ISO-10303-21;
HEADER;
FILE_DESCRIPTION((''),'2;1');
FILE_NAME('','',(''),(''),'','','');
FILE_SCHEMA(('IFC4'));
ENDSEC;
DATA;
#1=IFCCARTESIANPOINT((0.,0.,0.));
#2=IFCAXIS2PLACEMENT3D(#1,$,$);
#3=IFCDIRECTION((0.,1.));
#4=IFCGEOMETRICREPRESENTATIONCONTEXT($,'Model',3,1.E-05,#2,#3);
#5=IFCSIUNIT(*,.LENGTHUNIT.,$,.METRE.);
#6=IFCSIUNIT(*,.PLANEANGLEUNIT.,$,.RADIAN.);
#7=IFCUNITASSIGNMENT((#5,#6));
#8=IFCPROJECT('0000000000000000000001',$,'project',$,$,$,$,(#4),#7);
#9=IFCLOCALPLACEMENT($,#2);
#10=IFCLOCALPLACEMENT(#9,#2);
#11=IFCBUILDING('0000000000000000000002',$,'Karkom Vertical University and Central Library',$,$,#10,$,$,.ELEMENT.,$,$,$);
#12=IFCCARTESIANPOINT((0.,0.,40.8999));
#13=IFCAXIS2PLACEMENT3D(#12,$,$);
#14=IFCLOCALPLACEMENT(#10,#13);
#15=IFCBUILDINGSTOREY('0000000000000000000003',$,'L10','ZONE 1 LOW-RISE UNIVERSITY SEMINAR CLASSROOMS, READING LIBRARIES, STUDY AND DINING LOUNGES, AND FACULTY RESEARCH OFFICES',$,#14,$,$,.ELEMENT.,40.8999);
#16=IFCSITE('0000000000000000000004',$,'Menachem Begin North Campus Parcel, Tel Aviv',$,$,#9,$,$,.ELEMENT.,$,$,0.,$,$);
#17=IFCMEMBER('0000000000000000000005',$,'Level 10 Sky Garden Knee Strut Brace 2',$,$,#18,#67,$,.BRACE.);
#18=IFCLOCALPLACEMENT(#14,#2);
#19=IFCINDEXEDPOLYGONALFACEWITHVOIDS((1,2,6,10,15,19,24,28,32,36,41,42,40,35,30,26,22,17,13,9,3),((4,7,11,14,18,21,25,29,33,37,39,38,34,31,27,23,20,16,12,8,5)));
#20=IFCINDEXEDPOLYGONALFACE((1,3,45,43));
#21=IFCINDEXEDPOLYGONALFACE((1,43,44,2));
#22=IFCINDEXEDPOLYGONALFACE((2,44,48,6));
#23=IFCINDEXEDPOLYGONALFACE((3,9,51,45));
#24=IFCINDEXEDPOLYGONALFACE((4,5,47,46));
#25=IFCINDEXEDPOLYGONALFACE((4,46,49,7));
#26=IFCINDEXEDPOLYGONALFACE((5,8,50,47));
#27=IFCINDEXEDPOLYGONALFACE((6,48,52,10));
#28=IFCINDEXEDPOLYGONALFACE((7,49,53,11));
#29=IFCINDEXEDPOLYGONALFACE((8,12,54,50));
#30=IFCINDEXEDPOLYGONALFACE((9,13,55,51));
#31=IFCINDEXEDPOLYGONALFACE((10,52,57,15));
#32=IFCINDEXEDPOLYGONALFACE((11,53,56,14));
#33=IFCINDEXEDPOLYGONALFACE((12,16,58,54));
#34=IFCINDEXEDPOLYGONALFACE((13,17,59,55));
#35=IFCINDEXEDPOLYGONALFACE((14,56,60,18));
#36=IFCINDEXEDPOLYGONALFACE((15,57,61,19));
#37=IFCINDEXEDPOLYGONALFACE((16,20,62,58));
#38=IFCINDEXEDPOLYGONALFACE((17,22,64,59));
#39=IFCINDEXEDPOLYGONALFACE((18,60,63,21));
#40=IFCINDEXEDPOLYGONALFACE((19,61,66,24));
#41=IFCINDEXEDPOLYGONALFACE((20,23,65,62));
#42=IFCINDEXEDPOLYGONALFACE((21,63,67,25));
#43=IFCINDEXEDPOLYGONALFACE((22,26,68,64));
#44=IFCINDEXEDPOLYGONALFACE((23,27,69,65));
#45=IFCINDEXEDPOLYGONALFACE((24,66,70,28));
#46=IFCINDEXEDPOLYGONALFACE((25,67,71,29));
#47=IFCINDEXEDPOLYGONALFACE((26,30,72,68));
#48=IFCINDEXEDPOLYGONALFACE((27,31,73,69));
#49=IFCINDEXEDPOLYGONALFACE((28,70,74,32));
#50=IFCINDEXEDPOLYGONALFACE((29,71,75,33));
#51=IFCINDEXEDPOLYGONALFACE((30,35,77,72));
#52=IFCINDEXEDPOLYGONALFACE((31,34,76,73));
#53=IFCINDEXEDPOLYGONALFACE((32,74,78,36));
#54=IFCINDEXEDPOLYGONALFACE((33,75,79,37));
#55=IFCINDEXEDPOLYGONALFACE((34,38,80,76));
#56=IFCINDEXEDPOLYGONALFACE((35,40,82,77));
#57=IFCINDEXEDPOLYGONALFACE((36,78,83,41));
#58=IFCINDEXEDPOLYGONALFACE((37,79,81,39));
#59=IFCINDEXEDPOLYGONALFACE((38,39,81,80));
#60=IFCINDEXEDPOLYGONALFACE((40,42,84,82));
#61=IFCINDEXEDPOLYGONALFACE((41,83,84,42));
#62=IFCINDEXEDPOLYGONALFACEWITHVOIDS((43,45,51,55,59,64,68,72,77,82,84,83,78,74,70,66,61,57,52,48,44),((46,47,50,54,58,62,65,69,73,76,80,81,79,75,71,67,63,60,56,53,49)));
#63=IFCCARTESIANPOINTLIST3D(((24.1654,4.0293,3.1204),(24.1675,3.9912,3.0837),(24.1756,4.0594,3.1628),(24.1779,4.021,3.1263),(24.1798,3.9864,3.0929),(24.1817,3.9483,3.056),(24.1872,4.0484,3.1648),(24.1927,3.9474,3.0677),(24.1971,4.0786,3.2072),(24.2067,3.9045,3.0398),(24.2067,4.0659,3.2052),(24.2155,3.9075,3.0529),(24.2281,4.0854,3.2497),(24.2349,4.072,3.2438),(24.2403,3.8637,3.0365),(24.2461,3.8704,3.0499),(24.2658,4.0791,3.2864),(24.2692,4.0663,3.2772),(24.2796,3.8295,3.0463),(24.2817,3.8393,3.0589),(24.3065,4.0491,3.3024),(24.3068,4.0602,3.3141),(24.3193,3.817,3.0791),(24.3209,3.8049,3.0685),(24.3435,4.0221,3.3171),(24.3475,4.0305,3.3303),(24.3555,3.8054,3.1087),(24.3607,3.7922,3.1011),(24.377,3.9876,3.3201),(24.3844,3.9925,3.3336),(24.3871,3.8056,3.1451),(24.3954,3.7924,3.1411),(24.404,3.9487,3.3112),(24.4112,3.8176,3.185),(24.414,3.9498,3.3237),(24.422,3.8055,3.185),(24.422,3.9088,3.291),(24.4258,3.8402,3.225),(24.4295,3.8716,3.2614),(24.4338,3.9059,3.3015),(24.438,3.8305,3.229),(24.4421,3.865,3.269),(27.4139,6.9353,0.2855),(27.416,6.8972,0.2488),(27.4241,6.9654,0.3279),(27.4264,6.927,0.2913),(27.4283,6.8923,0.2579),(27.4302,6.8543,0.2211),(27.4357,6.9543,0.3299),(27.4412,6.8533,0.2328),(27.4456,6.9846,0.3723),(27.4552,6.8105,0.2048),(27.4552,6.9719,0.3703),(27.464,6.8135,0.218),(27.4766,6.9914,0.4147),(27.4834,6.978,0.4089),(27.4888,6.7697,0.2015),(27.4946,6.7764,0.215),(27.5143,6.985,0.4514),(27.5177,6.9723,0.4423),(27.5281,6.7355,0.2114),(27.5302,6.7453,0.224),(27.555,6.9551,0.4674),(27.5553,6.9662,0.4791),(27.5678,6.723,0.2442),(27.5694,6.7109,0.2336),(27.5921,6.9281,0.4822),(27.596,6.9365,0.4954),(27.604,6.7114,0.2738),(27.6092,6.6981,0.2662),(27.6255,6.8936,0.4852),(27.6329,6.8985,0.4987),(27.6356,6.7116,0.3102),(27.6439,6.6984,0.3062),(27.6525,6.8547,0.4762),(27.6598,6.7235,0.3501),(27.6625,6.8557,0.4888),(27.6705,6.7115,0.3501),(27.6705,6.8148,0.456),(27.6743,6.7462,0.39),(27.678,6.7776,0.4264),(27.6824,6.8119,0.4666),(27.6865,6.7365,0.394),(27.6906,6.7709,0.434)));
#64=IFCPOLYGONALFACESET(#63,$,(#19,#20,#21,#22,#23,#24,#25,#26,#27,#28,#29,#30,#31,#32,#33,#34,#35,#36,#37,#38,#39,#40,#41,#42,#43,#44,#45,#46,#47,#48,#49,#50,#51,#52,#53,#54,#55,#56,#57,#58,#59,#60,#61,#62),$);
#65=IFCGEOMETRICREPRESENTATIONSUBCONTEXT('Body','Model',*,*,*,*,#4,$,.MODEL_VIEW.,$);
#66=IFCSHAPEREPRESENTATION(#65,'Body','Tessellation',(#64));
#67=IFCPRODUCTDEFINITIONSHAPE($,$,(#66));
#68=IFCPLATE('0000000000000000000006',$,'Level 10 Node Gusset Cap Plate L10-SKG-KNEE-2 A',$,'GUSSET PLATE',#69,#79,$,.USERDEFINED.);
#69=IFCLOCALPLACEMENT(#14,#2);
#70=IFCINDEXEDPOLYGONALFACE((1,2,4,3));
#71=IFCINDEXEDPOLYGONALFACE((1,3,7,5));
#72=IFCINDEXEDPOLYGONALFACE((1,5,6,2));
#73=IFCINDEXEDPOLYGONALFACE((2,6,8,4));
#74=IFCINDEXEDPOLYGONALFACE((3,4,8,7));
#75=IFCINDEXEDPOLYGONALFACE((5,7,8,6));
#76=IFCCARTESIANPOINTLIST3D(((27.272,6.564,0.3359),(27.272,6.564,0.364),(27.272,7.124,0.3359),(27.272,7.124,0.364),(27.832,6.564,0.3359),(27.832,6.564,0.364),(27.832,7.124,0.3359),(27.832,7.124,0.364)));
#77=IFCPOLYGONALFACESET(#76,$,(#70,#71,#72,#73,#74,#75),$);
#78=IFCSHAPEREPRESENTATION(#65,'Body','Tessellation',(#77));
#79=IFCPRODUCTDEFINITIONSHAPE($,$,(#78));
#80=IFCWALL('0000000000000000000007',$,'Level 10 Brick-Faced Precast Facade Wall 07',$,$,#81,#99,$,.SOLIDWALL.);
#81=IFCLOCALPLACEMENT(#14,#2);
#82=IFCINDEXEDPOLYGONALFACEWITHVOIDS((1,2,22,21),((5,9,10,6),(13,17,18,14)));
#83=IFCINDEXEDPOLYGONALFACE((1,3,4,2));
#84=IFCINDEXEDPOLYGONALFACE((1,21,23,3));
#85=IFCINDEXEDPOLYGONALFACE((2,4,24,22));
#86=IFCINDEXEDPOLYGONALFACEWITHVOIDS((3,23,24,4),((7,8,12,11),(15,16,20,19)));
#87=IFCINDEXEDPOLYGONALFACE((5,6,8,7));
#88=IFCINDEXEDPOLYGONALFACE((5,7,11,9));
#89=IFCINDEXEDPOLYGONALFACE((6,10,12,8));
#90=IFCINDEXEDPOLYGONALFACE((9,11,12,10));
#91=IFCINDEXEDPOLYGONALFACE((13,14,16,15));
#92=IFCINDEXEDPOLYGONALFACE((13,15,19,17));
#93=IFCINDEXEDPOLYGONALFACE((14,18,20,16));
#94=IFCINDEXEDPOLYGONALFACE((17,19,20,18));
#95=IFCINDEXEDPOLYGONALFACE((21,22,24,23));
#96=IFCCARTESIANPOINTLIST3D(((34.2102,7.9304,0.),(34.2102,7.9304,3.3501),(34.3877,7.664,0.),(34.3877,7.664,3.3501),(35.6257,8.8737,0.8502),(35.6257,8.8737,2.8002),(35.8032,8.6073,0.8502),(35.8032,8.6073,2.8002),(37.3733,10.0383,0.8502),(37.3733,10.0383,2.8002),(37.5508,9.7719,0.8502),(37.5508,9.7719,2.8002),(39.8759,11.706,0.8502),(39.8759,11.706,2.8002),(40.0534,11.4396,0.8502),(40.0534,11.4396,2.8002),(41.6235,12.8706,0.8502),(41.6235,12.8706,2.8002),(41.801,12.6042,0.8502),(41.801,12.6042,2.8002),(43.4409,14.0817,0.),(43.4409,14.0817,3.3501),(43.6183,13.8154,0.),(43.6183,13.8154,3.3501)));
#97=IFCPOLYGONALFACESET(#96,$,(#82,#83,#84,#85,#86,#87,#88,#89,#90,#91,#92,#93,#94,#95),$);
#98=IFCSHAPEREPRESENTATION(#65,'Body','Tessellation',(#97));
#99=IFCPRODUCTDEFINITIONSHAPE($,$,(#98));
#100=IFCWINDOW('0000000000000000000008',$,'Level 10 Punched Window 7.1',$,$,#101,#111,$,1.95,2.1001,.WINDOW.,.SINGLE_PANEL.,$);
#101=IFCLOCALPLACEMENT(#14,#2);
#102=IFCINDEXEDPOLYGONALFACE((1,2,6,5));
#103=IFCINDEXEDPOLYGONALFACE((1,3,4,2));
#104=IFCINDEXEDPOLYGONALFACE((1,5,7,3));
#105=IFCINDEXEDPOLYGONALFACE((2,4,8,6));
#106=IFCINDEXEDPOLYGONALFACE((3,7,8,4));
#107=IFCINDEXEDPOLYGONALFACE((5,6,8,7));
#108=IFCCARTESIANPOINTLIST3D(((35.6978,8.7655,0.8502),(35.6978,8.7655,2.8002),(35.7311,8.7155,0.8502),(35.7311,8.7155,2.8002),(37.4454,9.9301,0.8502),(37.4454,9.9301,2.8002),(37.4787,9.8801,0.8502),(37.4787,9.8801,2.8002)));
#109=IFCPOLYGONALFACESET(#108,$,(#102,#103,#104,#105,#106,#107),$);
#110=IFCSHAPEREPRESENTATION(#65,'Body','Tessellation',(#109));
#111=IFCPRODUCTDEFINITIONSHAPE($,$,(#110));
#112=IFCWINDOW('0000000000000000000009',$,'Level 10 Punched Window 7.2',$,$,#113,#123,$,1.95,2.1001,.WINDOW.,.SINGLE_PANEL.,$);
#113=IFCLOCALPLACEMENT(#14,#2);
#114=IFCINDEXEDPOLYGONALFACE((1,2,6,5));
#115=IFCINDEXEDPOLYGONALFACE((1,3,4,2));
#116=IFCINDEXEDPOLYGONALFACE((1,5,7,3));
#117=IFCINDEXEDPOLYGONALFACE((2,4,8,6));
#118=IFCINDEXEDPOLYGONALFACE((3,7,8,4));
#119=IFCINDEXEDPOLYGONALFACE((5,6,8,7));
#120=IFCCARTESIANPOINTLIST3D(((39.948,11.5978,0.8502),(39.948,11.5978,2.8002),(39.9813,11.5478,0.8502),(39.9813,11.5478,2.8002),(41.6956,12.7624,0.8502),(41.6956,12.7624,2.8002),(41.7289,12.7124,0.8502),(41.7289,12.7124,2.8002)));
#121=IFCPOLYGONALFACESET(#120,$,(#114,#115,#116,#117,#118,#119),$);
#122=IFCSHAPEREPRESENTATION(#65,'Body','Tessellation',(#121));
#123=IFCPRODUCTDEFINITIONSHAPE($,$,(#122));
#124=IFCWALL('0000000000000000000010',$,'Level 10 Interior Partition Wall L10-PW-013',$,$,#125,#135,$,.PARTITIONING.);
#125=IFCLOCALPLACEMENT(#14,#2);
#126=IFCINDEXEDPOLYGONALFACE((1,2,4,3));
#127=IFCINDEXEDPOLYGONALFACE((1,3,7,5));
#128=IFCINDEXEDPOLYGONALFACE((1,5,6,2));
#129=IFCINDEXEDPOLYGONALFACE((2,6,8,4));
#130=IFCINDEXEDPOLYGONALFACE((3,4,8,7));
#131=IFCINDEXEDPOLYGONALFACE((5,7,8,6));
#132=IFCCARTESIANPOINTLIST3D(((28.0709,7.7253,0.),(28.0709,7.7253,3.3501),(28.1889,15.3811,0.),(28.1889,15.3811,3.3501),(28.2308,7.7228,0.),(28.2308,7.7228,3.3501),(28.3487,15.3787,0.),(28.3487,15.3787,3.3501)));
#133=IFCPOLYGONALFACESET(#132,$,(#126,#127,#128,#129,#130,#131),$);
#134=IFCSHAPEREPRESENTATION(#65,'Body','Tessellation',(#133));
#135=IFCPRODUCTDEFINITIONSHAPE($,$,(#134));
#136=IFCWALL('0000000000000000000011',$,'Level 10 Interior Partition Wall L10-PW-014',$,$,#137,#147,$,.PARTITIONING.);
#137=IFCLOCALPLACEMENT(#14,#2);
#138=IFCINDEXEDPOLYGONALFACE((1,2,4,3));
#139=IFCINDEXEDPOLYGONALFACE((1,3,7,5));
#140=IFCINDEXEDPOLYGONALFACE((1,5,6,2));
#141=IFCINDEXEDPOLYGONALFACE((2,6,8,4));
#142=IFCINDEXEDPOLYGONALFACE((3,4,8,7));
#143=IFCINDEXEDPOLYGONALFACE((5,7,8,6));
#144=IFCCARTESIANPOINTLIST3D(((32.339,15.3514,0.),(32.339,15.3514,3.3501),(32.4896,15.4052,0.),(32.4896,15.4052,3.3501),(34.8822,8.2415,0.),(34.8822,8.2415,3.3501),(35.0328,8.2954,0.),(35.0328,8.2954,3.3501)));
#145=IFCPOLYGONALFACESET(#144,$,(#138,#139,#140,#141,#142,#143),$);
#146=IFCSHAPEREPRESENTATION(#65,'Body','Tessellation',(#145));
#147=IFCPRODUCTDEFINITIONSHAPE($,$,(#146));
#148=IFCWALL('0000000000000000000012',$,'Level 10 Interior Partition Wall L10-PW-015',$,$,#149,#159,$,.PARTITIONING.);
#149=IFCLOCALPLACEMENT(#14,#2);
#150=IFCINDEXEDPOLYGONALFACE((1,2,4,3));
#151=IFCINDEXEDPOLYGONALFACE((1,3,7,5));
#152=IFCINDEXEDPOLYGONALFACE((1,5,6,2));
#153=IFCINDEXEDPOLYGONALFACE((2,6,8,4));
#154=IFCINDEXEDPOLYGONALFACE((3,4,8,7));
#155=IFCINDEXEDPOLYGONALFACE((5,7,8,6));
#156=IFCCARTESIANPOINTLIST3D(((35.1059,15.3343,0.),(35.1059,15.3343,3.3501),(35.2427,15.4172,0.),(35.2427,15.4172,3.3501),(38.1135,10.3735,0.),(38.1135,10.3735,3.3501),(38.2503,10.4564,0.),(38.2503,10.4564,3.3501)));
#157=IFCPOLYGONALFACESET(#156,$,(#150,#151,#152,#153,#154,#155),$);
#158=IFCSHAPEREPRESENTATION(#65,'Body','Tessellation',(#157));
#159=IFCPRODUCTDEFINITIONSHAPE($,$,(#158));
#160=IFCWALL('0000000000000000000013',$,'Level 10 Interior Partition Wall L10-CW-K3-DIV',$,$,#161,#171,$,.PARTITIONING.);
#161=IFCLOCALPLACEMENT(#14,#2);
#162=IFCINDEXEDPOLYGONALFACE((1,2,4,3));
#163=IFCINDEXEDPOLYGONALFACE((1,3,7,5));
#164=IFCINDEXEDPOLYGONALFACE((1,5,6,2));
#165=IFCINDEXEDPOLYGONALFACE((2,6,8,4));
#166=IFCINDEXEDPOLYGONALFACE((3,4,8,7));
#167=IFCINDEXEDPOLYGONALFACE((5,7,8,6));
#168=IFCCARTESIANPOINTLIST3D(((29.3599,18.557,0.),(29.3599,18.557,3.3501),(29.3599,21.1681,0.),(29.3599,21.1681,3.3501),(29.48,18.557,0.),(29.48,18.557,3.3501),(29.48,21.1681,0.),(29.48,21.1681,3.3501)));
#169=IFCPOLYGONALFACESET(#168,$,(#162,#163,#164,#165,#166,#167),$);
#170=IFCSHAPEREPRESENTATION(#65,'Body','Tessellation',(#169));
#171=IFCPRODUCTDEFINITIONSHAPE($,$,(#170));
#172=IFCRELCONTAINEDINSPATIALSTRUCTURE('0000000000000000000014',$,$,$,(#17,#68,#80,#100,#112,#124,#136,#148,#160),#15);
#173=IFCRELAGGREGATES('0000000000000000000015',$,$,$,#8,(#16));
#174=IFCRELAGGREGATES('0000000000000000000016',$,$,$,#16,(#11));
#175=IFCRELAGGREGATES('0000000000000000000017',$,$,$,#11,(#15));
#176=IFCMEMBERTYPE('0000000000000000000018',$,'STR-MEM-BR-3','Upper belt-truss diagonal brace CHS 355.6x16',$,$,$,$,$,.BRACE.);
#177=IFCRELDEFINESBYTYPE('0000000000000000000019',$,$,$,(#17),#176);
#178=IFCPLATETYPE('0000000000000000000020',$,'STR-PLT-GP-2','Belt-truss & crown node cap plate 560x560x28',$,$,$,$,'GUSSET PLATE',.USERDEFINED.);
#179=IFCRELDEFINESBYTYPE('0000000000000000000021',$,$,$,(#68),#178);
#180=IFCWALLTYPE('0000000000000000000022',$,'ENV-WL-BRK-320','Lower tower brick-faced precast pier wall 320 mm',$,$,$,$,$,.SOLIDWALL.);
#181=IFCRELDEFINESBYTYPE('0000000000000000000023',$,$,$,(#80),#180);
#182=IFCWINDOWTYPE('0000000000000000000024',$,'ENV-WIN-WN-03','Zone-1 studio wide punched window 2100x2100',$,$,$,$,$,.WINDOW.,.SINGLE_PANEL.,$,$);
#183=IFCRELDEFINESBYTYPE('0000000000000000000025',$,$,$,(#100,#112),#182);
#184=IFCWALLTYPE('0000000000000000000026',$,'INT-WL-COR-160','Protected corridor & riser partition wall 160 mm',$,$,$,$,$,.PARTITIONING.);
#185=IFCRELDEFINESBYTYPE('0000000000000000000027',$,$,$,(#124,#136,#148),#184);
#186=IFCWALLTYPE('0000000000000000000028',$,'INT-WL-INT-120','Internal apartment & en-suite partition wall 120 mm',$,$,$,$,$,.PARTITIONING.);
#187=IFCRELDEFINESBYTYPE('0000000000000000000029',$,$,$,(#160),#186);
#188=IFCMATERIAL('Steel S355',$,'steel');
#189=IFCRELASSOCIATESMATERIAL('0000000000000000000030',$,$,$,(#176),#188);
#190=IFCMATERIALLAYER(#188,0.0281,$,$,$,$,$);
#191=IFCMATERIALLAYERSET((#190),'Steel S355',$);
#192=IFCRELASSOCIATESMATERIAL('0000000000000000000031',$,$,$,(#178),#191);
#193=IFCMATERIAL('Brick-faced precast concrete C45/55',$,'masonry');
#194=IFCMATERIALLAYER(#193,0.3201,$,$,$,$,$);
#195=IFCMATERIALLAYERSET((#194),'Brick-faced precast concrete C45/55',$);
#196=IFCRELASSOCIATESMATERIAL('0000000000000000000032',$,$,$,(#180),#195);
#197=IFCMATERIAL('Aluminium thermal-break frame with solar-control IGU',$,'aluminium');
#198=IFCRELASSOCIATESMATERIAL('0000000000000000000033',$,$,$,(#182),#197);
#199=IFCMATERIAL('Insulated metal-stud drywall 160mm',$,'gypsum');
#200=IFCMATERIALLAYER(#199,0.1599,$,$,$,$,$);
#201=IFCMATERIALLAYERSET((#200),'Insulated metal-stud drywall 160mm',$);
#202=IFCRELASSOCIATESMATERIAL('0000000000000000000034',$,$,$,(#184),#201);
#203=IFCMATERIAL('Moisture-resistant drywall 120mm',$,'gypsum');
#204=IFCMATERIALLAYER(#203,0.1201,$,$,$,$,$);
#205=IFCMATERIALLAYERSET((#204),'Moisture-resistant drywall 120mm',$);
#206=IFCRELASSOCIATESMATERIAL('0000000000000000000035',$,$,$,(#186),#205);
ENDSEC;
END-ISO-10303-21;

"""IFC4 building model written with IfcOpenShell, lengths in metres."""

from ifc_helpers import new_model, si_unit, direction, frame, frame_2d, origin, origin_with_axes, origin_2d, place, context, subcontext, project, spatial, rectangle, hollow_circle, extrude, source, transform, mapped, material, layer, layer_set, material_profile, profile_set, type_object, element, fill, save


model = new_model("IFC4")

# Units and contexts
model_context = context("Model", 3, precision=1e-05, world=origin(), true_north=direction((0.0, 1.0)))
body_context = subcontext(model_context, "Body", "Model", "MODEL_VIEW")
ifc_project = project(units=[si_unit("LENGTHUNIT", "METRE"), si_unit("PLANEANGLEUNIT", "RADIAN")], contexts=[model_context])

# Site, building, storey
site_placement = place(None, origin())
site = spatial("IfcSite", under=ifc_project, at=site_placement, Name="Menachem Begin North Campus Parcel, Tel Aviv", CompositionType="ELEMENT", RefElevation=0.0)
building_placement = place(site_placement, origin())
building = spatial("IfcBuilding", under=site, at=building_placement, Name="Karkom Vertical University and Central Library", CompositionType="ELEMENT")
storey_placement = place(building_placement, frame((0.0, 0.0, 40.8999)))
storey = spatial("IfcBuildingStorey", under=building, at=storey_placement, Name="L10", Description="ZONE 1 LOW-RISE UNIVERSITY SEMINAR CLASSROOMS, READING LIBRARIES, STUDY AND DINING LOUNGES, AND FACULTY RESEARCH OFFICES", CompositionType="ELEMENT", Elevation=40.8999)

# Shared definitions
ifc_material_1 = material(Name="Steel S355", Category="steel")

# Member
ifc_material_profile_1 = material_profile(ifc_material_1, hollow_circle(Radius=0.1777, WallThickness=0.0161, at=origin_2d()), Name="CHS 355.6x16")
ifc_profile_set_1 = profile_set([ifc_material_profile_1], Name="Steel S355")
member_type = type_object("IfcMemberType", Name="STR-MEM-BR-3", Description="Upper belt-truss diagonal brace CHS 355.6x16", PredefinedType="BRACE", material=ifc_profile_set_1)
shared_shape_1 = source(origin_with_axes(), body_context, "Body", "SweptSolid", [
    extrude(hollow_circle(Radius=0.1777, WallThickness=0.0161, at=origin_2d()), origin(), (0.0, 0.0, 1.0), 5.1995),
])
member_placement = place(storey_placement, frame((27.552, 6.844, 0.3501), z_axis=(-0.624778, -0.5589, 0.545237), x_axis=(0.666721, -0.745307, 0.0)))
element("IfcMember", 1, at=member_placement, inside=storey, type_object=member_type, Name="Level 10 Sky Garden Knee Strut Brace 2", PredefinedType="BRACE", context=body_context, shape_type="MappedRepresentation", body=[
    mapped(shared_shape_1, transform((0.0, 0.0, 0.0), scale=1.0)),
])

# Plate
ifc_layer_1 = layer(ifc_material_1, 0.0281)
ifc_layer_set_1 = layer_set([ifc_layer_1], Name="Steel S355")
plate_type = type_object("IfcPlateType", Name="STR-PLT-GP-2", Description="Belt-truss & crown node cap plate 560x560x28", ElementType="GUSSET PLATE", PredefinedType="USERDEFINED", material=ifc_layer_set_1)
shared_shape_2 = source(origin_with_axes(), body_context, "Body", "SweptSolid", [
    extrude(rectangle(XDim=0.5601, YDim=0.5601, at=origin_2d()), origin(), (0.0, 0.0, 1.0), 0.0281),
])
plate_placement = place(storey_placement, frame((27.552, 6.844, 0.3359), z_axis=(0.0, 0.0, 1.0), x_axis=(1.0, 0.0, 0.0)))
element("IfcPlate", 2, at=plate_placement, inside=storey, type_object=plate_type, Name="Level 10 Node Gusset Cap Plate L10-SKG-KNEE-2 A", ObjectType="GUSSET PLATE", PredefinedType="USERDEFINED", context=body_context, shape_type="MappedRepresentation", body=[
    mapped(shared_shape_2, transform((0.0, 0.0, 0.0), scale=1.0)),
])

# Wall, openings, windows
ifc_material_2 = material(Name="Brick-faced precast concrete C45/55", Category="masonry")
ifc_layer_2 = layer(ifc_material_2, 0.3201)
ifc_layer_set_2 = layer_set([ifc_layer_2], Name="Brick-faced precast concrete C45/55")
wall_type_1 = type_object("IfcWallType", Name="ENV-WL-BRK-320", Description="Lower tower brick-faced precast pier wall 320 mm", PredefinedType="SOLIDWALL", material=ifc_layer_set_2)
wall_1_placement = place(storey_placement, frame((34.2988, 7.7971, 0.0), z_axis=(0.0, 0.0, 1.0), x_axis=(0.832152, 0.554548, 0.0)))
wall_1 = element("IfcWall", 3, at=wall_1_placement, inside=storey, type_object=wall_type_1, Name="Level 10 Brick-Faced Precast Facade Wall 07", PredefinedType="SOLIDWALL", context=body_context, shape_type="SweptSolid", body=[
    extrude(rectangle(XDim=11.0925, YDim=0.3201, at=frame_2d((5.5464, 0.0))), origin(), (0.0, 0.0, 1.0), 3.3501),
])
opening_1_placement = place(wall_1_placement, frame((1.7012, 0.0, 0.8501)))
opening_1 = element("IfcOpeningElement", 4, at=opening_1_placement, cuts=wall_1, PredefinedType="OPENING", context=body_context, shape_type="SweptSolid", body=[
    extrude(rectangle(XDim=2.1001, YDim=1.95, at=frame_2d((1.05, 0.9751))), frame((0.0, 0.1699, 0.0), z_axis=(0.0, -1.0, 0.0), x_axis=(1.0, 0.0, 0.0)), (0.0, 0.0, 1.0), 0.3401),
])
opening_2_placement = place(wall_1_placement, frame((6.8086, 0.0, 0.8501)))
opening_2 = element("IfcOpeningElement", 5, at=opening_2_placement, cuts=wall_1, PredefinedType="OPENING", context=body_context, shape_type="SweptSolid", body=[
    extrude(rectangle(XDim=2.1001, YDim=1.95, at=frame_2d((1.05, 0.9751))), frame((0.0, 0.1699, 0.0), z_axis=(0.0, -1.0, 0.0), x_axis=(1.0, 0.0, 0.0)), (0.0, 0.0, 1.0), 0.3401),
])
ifc_material_3 = material(Name="Aluminium thermal-break frame with solar-control IGU", Category="aluminium")
window_type = type_object("IfcWindowType", Name="ENV-WIN-WN-03", Description="Zone-1 studio wide punched window 2100x2100", PartitioningType="SINGLE_PANEL", PredefinedType="WINDOW", material=ifc_material_3)
shared_shape_3 = source(origin_with_axes(), body_context, "Body", "SweptSolid", [
    extrude(rectangle(XDim=2.1001, YDim=1.95, at=frame_2d((1.05, 0.9751))), frame((0.0, 0.03, 0.0), z_axis=(0.0, -1.0, 0.0), x_axis=(1.0, 0.0, 0.0)), (0.0, 0.0, 1.0), 0.0601),
])
window_1_placement = place(opening_1_placement, origin())
window_1 = element("IfcWindow", 6, at=window_1_placement, inside=storey, type_object=window_type, Name="Level 10 Punched Window 7.1", OverallHeight=1.95, OverallWidth=2.1001, PartitioningType="SINGLE_PANEL", PredefinedType="WINDOW", context=body_context, shape_type="MappedRepresentation", body=[
    mapped(shared_shape_3, transform((0.0, 0.0, 0.0), scale=1.0)),
])
fill(opening_1, window_1)
window_2_placement = place(opening_2_placement, origin())
window_2 = element("IfcWindow", 7, at=window_2_placement, inside=storey, type_object=window_type, Name="Level 10 Punched Window 7.2", OverallHeight=1.95, OverallWidth=2.1001, PartitioningType="SINGLE_PANEL", PredefinedType="WINDOW", context=body_context, shape_type="MappedRepresentation", body=[
    mapped(shared_shape_3, transform((0.0, 0.0, 0.0), scale=1.0)),
])
fill(opening_2, window_2)

# Walls
ifc_material_4 = material(Name="Insulated metal-stud drywall 160mm", Category="gypsum")
ifc_layer_3 = layer(ifc_material_4, 0.1599)
ifc_layer_set_3 = layer_set([ifc_layer_3], Name="Insulated metal-stud drywall 160mm")
wall_type_2 = type_object("IfcWallType", Name="INT-WL-COR-160", Description="Protected corridor & riser partition wall 160 mm", PredefinedType="PARTITIONING", material=ifc_layer_set_3)
wall_2_placement = place(storey_placement, frame((28.2688, 15.3799, 0.0), z_axis=(0.0, 0.0, 1.0), x_axis=(-0.015401, -0.999881, 0.0)))
element("IfcWall", 8, at=wall_2_placement, inside=storey, type_object=wall_type_2, Name="Level 10 Interior Partition Wall L10-PW-013", PredefinedType="PARTITIONING", context=body_context, shape_type="SweptSolid", body=[
    extrude(rectangle(XDim=7.6567, YDim=0.1599, at=frame_2d((3.8284, 0.0))), origin(), (0.0, 0.0, 1.0), 3.3501),
])
wall_3_placement = place(storey_placement, frame((32.4143, 15.3782, 0.0), z_axis=(0.0, 0.0, 1.0), x_axis=(0.336803, -0.941575, 0.0)))
element("IfcWall", 9, at=wall_3_placement, inside=storey, type_object=wall_type_2, Name="Level 10 Interior Partition Wall L10-PW-014", PredefinedType="PARTITIONING", context=body_context, shape_type="SweptSolid", body=[
    extrude(rectangle(XDim=7.551, YDim=0.1599, at=frame_2d((3.7754, 0.0))), origin(), (0.0, 0.0, 1.0), 3.3501),
])
wall_4_placement = place(storey_placement, frame((35.1743, 15.3757, 0.0), z_axis=(0.0, 0.0, 1.0), x_axis=(0.518439, -0.855115, 0.0)))
element("IfcWall", 10, at=wall_4_placement, inside=storey, type_object=wall_type_2, Name="Level 10 Interior Partition Wall L10-PW-015", PredefinedType="PARTITIONING", context=body_context, shape_type="SweptSolid", body=[
    extrude(rectangle(XDim=5.8013, YDim=0.1599, at=frame_2d((2.9006, 0.0))), origin(), (0.0, 0.0, 1.0), 3.3501),
])
ifc_material_5 = material(Name="Moisture-resistant drywall 120mm", Category="gypsum")
ifc_layer_4 = layer(ifc_material_5, 0.1201)
ifc_layer_set_4 = layer_set([ifc_layer_4], Name="Moisture-resistant drywall 120mm")
wall_type_3 = type_object("IfcWallType", Name="INT-WL-INT-120", Description="Internal apartment & en-suite partition wall 120 mm", PredefinedType="PARTITIONING", material=ifc_layer_set_4)
wall_5_placement = place(storey_placement, frame((29.4199, 18.5569, 0.0), z_axis=(0.0, 0.0, 1.0), x_axis=(0.0, 1.0, 0.0)))
element("IfcWall", 11, at=wall_5_placement, inside=storey, type_object=wall_type_3, Name="Level 10 Interior Partition Wall L10-CW-K3-DIV", PredefinedType="PARTITIONING", context=body_context, shape_type="SweptSolid", body=[
    extrude(rectangle(XDim=2.6111, YDim=0.1201, at=frame_2d((1.3057, 0.0))), origin(), (0.0, 0.0, 1.0), 3.3501),
])

save(model, "model.ifc")
